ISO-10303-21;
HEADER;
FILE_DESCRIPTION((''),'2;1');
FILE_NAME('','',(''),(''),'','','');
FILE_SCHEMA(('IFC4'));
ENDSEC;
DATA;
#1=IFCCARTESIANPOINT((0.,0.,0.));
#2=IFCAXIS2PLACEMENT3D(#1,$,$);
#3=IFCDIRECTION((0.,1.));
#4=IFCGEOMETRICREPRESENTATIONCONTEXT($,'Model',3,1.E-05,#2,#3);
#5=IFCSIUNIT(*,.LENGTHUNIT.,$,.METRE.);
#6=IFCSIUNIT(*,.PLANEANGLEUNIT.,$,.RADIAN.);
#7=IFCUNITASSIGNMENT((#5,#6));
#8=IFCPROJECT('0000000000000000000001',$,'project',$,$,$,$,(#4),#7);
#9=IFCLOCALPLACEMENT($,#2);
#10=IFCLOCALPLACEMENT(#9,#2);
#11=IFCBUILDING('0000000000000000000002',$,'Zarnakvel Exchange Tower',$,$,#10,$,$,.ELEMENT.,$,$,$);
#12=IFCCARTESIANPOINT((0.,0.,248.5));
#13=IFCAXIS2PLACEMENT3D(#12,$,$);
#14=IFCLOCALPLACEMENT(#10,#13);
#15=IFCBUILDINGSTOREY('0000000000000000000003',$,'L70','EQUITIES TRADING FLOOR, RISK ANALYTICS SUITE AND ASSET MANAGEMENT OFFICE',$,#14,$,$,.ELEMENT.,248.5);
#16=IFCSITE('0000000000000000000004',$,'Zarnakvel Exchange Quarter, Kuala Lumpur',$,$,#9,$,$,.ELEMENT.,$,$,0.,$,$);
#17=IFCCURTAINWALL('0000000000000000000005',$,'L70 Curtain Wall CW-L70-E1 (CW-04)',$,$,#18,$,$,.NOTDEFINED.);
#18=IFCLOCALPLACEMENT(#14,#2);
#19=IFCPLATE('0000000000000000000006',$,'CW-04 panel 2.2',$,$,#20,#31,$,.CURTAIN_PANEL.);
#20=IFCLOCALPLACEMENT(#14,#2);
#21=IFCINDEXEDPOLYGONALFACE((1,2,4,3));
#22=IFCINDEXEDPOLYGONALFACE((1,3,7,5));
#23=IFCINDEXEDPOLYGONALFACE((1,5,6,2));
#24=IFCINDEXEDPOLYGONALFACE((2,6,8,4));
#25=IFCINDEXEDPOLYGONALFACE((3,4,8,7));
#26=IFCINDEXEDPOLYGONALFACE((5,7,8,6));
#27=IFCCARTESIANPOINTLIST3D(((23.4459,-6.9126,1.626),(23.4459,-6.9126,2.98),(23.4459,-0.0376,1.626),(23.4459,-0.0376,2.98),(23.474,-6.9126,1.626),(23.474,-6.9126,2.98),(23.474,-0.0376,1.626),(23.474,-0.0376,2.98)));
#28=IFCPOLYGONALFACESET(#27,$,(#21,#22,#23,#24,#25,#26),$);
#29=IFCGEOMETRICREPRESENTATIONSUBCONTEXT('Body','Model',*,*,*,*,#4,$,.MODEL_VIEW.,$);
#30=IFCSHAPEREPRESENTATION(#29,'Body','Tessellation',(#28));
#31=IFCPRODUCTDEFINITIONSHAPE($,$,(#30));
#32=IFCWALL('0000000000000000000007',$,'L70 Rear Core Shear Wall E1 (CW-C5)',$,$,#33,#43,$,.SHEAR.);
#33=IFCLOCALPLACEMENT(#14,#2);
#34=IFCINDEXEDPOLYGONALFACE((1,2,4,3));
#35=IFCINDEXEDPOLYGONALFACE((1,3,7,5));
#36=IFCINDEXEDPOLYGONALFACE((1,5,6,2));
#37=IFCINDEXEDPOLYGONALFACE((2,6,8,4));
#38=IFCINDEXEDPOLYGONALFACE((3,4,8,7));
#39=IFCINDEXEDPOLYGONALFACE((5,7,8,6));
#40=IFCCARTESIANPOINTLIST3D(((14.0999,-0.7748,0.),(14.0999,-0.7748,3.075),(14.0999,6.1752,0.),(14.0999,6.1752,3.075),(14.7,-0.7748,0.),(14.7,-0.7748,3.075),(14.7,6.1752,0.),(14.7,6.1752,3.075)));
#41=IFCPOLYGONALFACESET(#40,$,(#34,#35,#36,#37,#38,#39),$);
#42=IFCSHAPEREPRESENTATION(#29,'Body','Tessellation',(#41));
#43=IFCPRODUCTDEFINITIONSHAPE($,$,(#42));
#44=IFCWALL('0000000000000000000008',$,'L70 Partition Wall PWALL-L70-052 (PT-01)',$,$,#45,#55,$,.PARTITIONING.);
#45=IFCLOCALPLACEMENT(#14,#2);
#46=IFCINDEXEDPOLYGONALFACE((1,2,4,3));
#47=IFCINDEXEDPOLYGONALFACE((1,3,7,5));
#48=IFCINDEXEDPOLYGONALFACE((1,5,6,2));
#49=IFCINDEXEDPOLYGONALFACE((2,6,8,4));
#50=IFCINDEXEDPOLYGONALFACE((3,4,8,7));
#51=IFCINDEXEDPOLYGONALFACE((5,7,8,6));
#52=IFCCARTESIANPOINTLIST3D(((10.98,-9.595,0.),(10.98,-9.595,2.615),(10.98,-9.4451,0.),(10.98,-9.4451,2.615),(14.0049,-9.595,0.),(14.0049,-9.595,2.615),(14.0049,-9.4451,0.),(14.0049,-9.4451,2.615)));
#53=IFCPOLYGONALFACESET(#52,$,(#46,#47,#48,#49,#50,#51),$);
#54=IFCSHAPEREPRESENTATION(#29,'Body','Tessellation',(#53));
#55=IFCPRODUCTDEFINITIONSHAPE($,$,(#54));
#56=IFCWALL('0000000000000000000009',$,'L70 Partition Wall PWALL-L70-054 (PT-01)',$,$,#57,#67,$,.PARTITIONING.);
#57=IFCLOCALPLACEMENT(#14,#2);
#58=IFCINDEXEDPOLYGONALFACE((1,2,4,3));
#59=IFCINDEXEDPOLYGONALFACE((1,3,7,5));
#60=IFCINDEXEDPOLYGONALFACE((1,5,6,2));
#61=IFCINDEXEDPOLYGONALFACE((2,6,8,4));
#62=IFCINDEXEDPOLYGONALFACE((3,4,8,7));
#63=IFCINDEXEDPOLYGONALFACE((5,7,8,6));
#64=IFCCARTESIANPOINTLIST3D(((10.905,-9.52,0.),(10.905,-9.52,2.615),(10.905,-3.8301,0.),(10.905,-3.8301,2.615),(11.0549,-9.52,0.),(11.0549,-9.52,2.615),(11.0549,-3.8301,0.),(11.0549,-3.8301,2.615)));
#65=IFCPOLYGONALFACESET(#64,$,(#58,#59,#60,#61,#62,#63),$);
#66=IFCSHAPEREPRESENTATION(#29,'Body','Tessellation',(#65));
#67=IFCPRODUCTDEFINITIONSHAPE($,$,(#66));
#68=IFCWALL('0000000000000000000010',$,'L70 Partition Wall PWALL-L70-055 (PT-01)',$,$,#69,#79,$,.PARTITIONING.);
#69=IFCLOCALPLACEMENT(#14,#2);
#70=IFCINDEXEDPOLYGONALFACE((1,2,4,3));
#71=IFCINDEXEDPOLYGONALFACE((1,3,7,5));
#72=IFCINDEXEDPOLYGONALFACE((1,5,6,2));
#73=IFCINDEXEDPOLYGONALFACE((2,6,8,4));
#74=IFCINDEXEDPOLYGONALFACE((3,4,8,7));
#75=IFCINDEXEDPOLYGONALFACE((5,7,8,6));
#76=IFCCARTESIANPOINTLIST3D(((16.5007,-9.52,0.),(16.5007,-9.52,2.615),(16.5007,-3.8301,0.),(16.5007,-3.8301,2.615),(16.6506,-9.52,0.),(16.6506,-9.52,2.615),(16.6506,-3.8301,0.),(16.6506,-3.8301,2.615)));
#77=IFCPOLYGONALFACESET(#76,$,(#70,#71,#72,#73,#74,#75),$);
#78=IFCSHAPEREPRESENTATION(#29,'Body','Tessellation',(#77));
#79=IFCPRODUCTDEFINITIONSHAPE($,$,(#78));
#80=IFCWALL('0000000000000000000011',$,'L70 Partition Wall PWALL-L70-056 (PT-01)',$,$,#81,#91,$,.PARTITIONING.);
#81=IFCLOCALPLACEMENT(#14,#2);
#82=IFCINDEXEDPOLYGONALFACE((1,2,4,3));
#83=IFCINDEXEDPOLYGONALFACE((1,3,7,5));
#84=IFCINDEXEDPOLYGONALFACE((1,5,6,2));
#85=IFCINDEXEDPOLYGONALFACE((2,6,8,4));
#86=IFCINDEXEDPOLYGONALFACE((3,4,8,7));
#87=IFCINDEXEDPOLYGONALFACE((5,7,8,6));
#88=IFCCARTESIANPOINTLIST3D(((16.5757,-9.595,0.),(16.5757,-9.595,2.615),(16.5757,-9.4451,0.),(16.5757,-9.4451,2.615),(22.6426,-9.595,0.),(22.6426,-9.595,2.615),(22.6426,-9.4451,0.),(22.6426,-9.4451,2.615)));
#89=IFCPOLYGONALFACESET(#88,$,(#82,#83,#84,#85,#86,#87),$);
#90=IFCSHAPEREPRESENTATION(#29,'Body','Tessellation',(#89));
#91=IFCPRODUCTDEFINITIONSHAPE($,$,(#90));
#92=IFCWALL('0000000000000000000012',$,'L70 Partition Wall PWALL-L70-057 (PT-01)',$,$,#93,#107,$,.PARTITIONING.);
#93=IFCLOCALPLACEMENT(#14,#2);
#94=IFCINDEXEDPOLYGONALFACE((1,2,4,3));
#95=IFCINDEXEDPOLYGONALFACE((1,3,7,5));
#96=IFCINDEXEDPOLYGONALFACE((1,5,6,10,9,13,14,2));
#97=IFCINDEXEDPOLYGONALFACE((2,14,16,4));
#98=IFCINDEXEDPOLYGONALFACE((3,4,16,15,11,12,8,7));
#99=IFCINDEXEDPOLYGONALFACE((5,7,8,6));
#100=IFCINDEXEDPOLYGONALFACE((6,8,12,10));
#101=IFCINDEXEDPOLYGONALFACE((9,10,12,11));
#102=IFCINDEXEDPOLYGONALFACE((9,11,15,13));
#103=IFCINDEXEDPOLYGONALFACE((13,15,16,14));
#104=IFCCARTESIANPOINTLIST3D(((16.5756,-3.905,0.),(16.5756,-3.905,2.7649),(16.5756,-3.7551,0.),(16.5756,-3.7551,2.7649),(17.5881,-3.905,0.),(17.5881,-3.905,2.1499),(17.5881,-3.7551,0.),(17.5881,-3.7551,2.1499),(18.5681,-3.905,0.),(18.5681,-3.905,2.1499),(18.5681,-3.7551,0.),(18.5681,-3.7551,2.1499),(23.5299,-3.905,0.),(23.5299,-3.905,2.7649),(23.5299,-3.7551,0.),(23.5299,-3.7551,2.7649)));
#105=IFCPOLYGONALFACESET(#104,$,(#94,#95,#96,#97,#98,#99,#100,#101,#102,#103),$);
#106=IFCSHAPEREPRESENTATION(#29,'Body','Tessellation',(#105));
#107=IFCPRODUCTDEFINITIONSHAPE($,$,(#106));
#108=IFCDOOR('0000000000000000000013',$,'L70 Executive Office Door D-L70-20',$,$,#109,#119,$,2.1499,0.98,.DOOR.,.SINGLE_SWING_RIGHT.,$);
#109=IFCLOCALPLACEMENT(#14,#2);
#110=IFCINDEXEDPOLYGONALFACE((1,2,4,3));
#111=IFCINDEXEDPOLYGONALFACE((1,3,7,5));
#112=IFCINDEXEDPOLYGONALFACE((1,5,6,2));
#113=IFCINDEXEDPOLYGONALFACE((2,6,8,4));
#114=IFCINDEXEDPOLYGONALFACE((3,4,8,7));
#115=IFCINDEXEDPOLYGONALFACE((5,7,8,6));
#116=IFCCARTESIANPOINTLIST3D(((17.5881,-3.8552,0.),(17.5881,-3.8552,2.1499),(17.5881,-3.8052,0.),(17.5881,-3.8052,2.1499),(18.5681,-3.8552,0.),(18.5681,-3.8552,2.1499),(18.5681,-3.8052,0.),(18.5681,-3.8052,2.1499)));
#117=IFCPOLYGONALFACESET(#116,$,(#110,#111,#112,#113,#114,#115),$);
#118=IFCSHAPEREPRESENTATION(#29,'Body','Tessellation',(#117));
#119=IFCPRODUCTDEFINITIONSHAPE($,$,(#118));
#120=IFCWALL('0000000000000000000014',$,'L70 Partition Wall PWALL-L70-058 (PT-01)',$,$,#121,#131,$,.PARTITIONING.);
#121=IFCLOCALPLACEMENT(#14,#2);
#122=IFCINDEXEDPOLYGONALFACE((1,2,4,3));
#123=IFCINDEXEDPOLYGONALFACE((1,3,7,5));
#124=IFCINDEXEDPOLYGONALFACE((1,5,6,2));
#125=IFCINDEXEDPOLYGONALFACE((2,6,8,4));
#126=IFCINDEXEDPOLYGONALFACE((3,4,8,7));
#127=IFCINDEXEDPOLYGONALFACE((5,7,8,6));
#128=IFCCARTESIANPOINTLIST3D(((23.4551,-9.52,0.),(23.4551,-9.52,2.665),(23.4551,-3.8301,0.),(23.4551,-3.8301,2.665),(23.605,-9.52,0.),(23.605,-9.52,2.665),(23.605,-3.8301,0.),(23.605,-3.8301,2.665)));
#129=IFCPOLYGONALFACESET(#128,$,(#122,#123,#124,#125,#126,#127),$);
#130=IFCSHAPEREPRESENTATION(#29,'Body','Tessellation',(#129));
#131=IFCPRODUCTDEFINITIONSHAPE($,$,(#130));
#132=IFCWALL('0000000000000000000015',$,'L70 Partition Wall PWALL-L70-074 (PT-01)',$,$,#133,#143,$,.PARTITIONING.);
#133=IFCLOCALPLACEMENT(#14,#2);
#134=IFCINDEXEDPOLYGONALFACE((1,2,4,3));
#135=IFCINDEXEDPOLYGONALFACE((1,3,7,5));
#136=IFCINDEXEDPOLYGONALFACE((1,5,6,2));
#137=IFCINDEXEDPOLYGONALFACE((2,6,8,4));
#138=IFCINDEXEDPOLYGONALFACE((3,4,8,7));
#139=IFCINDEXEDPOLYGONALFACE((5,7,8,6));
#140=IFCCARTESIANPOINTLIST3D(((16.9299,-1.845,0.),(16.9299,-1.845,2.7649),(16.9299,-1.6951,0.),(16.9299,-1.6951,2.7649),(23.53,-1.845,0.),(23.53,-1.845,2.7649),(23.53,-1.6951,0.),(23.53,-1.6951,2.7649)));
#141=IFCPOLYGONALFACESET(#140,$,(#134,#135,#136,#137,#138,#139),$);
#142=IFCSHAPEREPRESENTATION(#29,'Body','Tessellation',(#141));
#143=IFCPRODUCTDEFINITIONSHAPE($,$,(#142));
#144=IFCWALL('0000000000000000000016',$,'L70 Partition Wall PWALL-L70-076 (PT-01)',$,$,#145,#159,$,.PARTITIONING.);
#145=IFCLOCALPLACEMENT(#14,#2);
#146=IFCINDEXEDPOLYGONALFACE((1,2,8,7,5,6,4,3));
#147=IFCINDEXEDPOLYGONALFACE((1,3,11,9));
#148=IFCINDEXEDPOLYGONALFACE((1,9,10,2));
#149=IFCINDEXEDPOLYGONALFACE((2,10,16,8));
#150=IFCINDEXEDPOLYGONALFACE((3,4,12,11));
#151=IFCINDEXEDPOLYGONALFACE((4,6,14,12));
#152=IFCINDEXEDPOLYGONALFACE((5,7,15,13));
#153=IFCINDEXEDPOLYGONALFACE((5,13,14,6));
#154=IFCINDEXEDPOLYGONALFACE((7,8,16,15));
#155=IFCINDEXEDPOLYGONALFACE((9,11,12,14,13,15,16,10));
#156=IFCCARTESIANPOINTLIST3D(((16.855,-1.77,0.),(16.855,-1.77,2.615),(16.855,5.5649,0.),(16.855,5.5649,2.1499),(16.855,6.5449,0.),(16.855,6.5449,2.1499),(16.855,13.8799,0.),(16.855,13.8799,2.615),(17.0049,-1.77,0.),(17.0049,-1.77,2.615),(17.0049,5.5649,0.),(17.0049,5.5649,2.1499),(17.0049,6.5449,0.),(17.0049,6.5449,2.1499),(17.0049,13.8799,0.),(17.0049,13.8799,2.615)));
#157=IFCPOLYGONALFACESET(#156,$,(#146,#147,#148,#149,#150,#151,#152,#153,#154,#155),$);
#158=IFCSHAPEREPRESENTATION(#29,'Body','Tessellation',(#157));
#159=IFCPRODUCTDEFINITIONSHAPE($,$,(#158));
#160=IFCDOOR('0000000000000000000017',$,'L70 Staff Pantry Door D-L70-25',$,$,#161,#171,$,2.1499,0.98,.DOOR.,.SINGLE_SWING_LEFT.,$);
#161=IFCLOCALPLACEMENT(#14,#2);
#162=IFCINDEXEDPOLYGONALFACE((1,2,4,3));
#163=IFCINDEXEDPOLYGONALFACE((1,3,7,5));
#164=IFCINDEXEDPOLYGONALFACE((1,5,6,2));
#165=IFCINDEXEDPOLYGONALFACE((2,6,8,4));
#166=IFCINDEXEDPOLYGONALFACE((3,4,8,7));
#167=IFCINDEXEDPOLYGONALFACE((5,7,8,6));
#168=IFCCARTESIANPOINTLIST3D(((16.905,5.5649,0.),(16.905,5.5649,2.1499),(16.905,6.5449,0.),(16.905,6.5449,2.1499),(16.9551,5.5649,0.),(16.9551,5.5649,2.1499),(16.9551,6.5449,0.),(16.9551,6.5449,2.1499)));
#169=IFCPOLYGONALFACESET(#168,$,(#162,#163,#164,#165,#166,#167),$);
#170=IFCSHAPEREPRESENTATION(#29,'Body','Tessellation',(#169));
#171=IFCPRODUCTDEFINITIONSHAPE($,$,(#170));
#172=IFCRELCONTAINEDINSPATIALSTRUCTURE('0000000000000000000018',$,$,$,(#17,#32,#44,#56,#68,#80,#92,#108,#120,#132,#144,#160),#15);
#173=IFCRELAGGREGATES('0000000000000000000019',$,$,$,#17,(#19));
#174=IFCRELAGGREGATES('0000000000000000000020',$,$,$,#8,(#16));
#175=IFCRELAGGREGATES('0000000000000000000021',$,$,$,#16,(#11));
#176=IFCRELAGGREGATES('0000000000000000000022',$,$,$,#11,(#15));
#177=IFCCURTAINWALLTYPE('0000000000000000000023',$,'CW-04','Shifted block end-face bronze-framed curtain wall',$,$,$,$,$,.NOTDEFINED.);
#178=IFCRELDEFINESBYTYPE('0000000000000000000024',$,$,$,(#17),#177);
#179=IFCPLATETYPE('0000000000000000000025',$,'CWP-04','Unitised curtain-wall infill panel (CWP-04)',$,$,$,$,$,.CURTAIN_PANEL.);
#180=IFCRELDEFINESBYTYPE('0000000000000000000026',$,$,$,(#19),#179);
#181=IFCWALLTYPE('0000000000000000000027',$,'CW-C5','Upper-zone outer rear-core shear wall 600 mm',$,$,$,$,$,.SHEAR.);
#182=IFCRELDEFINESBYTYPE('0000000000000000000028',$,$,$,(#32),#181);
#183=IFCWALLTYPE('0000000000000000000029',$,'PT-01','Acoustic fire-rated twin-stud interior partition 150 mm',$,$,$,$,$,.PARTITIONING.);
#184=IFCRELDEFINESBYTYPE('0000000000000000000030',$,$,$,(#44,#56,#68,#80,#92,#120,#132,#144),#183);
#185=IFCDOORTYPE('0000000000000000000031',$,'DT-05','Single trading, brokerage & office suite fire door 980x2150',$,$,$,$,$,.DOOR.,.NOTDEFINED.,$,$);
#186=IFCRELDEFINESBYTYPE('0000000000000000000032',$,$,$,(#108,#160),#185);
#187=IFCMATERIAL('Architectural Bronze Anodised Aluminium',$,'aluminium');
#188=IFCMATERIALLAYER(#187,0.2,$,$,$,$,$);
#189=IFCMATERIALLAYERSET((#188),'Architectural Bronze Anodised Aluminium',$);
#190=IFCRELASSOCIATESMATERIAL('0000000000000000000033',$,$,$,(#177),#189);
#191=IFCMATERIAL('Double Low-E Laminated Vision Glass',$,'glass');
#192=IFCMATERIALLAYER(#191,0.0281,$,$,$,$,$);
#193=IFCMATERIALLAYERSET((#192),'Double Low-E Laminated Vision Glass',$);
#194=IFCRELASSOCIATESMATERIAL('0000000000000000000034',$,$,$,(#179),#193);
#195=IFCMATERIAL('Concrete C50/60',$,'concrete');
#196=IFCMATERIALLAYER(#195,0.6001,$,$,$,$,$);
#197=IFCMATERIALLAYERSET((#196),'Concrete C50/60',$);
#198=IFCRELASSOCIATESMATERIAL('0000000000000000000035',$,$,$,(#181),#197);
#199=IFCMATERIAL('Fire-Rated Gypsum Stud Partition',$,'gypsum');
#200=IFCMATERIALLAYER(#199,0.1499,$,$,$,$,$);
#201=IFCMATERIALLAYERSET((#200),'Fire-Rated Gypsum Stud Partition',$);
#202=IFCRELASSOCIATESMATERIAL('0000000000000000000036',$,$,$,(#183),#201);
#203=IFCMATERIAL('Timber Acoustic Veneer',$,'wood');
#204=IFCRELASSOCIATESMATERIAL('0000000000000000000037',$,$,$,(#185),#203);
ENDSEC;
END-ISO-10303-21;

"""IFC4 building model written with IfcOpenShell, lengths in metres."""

from ifc_helpers import new_model, si_unit, direction, frame, frame_2d, origin, origin_2d, place, context, subcontext, project, spatial, rectangle, extrude, source, transform, mapped, material, layer, layer_set, type_object, element, fill, aggregate, save


model = new_model("IFC4")

# Units and contexts
model_context = context("Model", 3, precision=1e-05, world=origin(), true_north=direction((0.0, 1.0)))
body_context = subcontext(model_context, "Body", "Model", "MODEL_VIEW")
ifc_project = project(units=[si_unit("LENGTHUNIT", "METRE"), si_unit("PLANEANGLEUNIT", "RADIAN")], contexts=[model_context])

# Site, building, storey
site_placement = place(None, origin())
site = spatial("IfcSite", under=ifc_project, at=site_placement, Name="Zarnakvel Exchange Quarter, Kuala Lumpur", CompositionType="ELEMENT", RefElevation=0.0)
building_placement = place(site_placement, origin())
building = spatial("IfcBuilding", under=site, at=building_placement, Name="Zarnakvel Exchange Tower", CompositionType="ELEMENT")
storey_placement = place(building_placement, frame((0.0, 0.0, 248.5)))
storey = spatial("IfcBuildingStorey", under=building, at=storey_placement, Name="L70", Description="EQUITIES TRADING FLOOR, RISK ANALYTICS SUITE AND ASSET MANAGEMENT OFFICE", CompositionType="ELEMENT", Elevation=248.5)

# Shared definitions
ifc_material_1 = material(Name="Concrete C50/60", Category="concrete")

# Curtain wall, plate
ifc_material_2 = material(Name="Architectural Bronze Anodised Aluminium", Category="aluminium")
ifc_layer_1 = layer(ifc_material_2, 0.2)
ifc_layer_set_1 = layer_set([ifc_layer_1], Name="Architectural Bronze Anodised Aluminium")
curtain_wall_type = type_object("IfcCurtainWallType", Name="CW-04", Description="Shifted block end-face bronze-framed curtain wall", PredefinedType="NOTDEFINED", material=ifc_layer_set_1)
curtain_wall_placement = place(storey_placement, origin())
curtain_wall = element("IfcCurtainWall", 1, at=curtain_wall_placement, inside=storey, type_object=curtain_wall_type, Name="L70 Curtain Wall CW-L70-E1 (CW-04)", PredefinedType="NOTDEFINED")
ifc_material_3 = material(Name="Double Low-E Laminated Vision Glass", Category="glass")
ifc_layer_2 = layer(ifc_material_3, 0.0281)
ifc_layer_set_2 = layer_set([ifc_layer_2], Name="Double Low-E Laminated Vision Glass")
plate_type = type_object("IfcPlateType", Name="CWP-04", Description="Unitised curtain-wall infill panel (CWP-04)", PredefinedType="CURTAIN_PANEL", material=ifc_layer_set_2)
shared_shape_1 = source(origin(), body_context, "Body", "SweptSolid", [
    extrude(rectangle(XDim=6.875, YDim=0.0281, at=origin_2d()), origin(), (0.0, 0.0, 1.0), 1.354),
])
plate_1_placement = place(storey_placement, frame((23.46, -3.4751, 1.626), z_axis=(0.0, 0.0, 1.0), x_axis=(0.0, 1.0, 0.0)))
plate_1 = element("IfcPlate", 2, at=plate_1_placement, type_object=plate_type, Name="CW-04 panel 2.2", PredefinedType="CURTAIN_PANEL", context=body_context, shape_type="MappedRepresentation", body=[
    mapped(shared_shape_1, transform((0.0, 0.0, 0.0), x_axis=(1.0, 0.0, 0.0), y_axis=(0.0, 1.0, 0.0), z_axis=(0.0, 0.0, 1.0), scale=1.0)),
])
aggregate(curtain_wall, [plate_1])

# Wall
ifc_layer_3 = layer(ifc_material_1, 0.6001)
ifc_layer_set_3 = layer_set([ifc_layer_3], Name="Concrete C50/60")
wall_type_1 = type_object("IfcWallType", Name="CW-C5", Description="Upper-zone outer rear-core shear wall 600 mm", PredefinedType="SHEAR", material=ifc_layer_set_3)
wall_1_placement = place(storey_placement, frame((14.3999, -0.7749, 0.0), z_axis=(0.0, 0.0, 1.0), x_axis=(0.0, 1.0, 0.0)))
element("IfcWall", 3, at=wall_1_placement, inside=storey, type_object=wall_type_1, Name="L70 Rear Core Shear Wall E1 (CW-C5)", PredefinedType="SHEAR", context=body_context, shape_type="SweptSolid", body=[
    extrude(rectangle(XDim=6.95, YDim=0.6001, at=frame_2d((3.4751, 0.0))), origin(), (0.0, 0.0, 1.0), 3.075),
])

# Wall
ifc_material_4 = material(Name="Fire-Rated Gypsum Stud Partition", Category="gypsum")
ifc_layer_4 = layer(ifc_material_4, 0.1499)
ifc_layer_set_4 = layer_set([ifc_layer_4], Name="Fire-Rated Gypsum Stud Partition")
wall_type_2 = type_object("IfcWallType", Name="PT-01", Description="Acoustic fire-rated twin-stud interior partition 150 mm", PredefinedType="PARTITIONING", material=ifc_layer_set_4)
wall_2_placement = place(storey_placement, frame((14.0049, -9.52, 0.0), z_axis=(0.0, 0.0, 1.0), x_axis=(-1.0, 0.0, 0.0)))
element("IfcWall", 4, at=wall_2_placement, inside=storey, type_object=wall_type_2, Name="L70 Partition Wall PWALL-L70-052 (PT-01)", PredefinedType="PARTITIONING", context=body_context, shape_type="SweptSolid", body=[
    extrude(rectangle(XDim=3.0249, YDim=0.1499, at=frame_2d((1.5125, 0.0))), origin(), (0.0, 0.0, 1.0), 2.615),
])

# Shared definitions
ifc_material_5 = material(Name="Timber Acoustic Veneer", Category="wood")
door_type_1 = type_object("IfcDoorType", Name="DT-05", Description="Single trading, brokerage & office suite fire door 980x2150", OperationType="NOTDEFINED", PredefinedType="DOOR", material=ifc_material_5)
shared_shape_2 = source(origin(), body_context, "Body", "SweptSolid", [
    extrude(rectangle(XDim=0.98, YDim=2.1499, at=frame_2d((0.49, 1.075))), frame((0.0, 0.0249, 0.0), z_axis=(0.0, -1.0, 0.0), x_axis=(1.0, 0.0, 0.0)), (0.0, 0.0, 1.0), 0.05),
])

# Walls
for number, where, z_axis, x_axis, name in (
    (5, (10.98, -9.52, 0.0), (0.0, 0.0, 1.0), (0.0, 1.0, 0.0), "L70 Partition Wall PWALL-L70-054 (PT-01)"),
    (6, (16.5757, -3.8301, 0.0), (0.0, 0.0, 1.0), (0.0, -1.0, 0.0), "L70 Partition Wall PWALL-L70-055 (PT-01)"),
):
    element("IfcWall", number, at=place(storey_placement, frame(where, z_axis=z_axis, x_axis=x_axis)), inside=storey, type_object=wall_type_2, Name=name, PredefinedType="PARTITIONING", context=body_context, shape_type="SweptSolid", body=[
        extrude(rectangle(XDim=5.6899, YDim=0.1499, at=frame_2d((2.845, 0.0))), origin(), (0.0, 0.0, 1.0), 2.615),
    ])
wall_3_placement = place(storey_placement, frame((22.6426, -9.52, 0.0), z_axis=(0.0, 0.0, 1.0), x_axis=(-1.0, 0.0, 0.0)))
element("IfcWall", 7, at=wall_3_placement, inside=storey, type_object=wall_type_2, Name="L70 Partition Wall PWALL-L70-056 (PT-01)", PredefinedType="PARTITIONING", context=body_context, shape_type="SweptSolid", body=[
    extrude(rectangle(XDim=6.0669, YDim=0.1499, at=frame_2d((3.0334, 0.0))), origin(), (0.0, 0.0, 1.0), 2.615),
])

# Wall, opening, door
wall_4_placement = place(storey_placement, frame((16.5757, -3.8301, 0.0), z_axis=(0.0, 0.0, 1.0), x_axis=(1.0, 0.0, 0.0)))
wall_4 = element("IfcWall", 8, at=wall_4_placement, inside=storey, type_object=wall_type_2, Name="L70 Partition Wall PWALL-L70-057 (PT-01)", PredefinedType="PARTITIONING", context=body_context, shape_type="SweptSolid", body=[
    extrude(rectangle(XDim=6.9543, YDim=0.1499, at=frame_2d((3.4771, 0.0))), origin(), (0.0, 0.0, 1.0), 2.7649),
])
opening_1_placement = place(wall_4_placement, frame((1.0125, 0.0, 0.0)))
opening_1 = element("IfcOpeningElement", 9, at=opening_1_placement, cuts=wall_4, PredefinedType="OPENING", context=body_context, shape_type="SweptSolid", body=[
    extrude(rectangle(XDim=0.98, YDim=2.1499, at=frame_2d((0.49, 1.075))), frame((0.0, 0.085, 0.0), z_axis=(0.0, -1.0, 0.0), x_axis=(1.0, 0.0, 0.0)), (0.0, 0.0, 1.0), 0.1699),
])
door_1_placement = place(opening_1_placement, origin())
door_1 = element("IfcDoor", 10, at=door_1_placement, inside=storey, type_object=door_type_1, Name="L70 Executive Office Door D-L70-20", OperationType="SINGLE_SWING_RIGHT", OverallHeight=2.1499, OverallWidth=0.98, PredefinedType="DOOR", context=body_context, shape_type="MappedRepresentation", body=[
    mapped(shared_shape_2, transform((0.0, 0.0, 0.0), x_axis=(1.0, 0.0, 0.0), y_axis=(0.0, 1.0, 0.0), z_axis=(0.0, 0.0, 1.0), scale=1.0)),
])
fill(opening_1, door_1)

# Walls
wall_5_placement = place(storey_placement, frame((23.53, -3.8301, 0.0), z_axis=(0.0, 0.0, 1.0), x_axis=(0.0, -1.0, 0.0)))
element("IfcWall", 11, at=wall_5_placement, inside=storey, type_object=wall_type_2, Name="L70 Partition Wall PWALL-L70-058 (PT-01)", PredefinedType="PARTITIONING", context=body_context, shape_type="SweptSolid", body=[
    extrude(rectangle(XDim=5.6899, YDim=0.1499, at=frame_2d((2.845, 0.0))), origin(), (0.0, 0.0, 1.0), 2.665),
])
wall_6_placement = place(storey_placement, frame((23.53, -1.77, 0.0), z_axis=(0.0, 0.0, 1.0), x_axis=(-1.0, 0.0, 0.0)))
element("IfcWall", 12, at=wall_6_placement, inside=storey, type_object=wall_type_2, Name="L70 Partition Wall PWALL-L70-074 (PT-01)", PredefinedType="PARTITIONING", context=body_context, shape_type="SweptSolid", body=[
    extrude(rectangle(XDim=6.6001, YDim=0.1499, at=frame_2d((3.3, 0.0))), origin(), (0.0, 0.0, 1.0), 2.7649),
])

# Wall, opening, door
wall_7_placement = place(storey_placement, frame((16.9299, -1.77, 0.0), z_axis=(0.0, 0.0, 1.0), x_axis=(0.0, 1.0, 0.0)))
wall_7 = element("IfcWall", 13, at=wall_7_placement, inside=storey, type_object=wall_type_2, Name="L70 Partition Wall PWALL-L70-076 (PT-01)", PredefinedType="PARTITIONING", context=body_context, shape_type="SweptSolid", body=[
    extrude(rectangle(XDim=15.6499, YDim=0.1499, at=frame_2d((7.825, 0.0))), origin(), (0.0, 0.0, 1.0), 2.615),
])
opening_2_placement = place(wall_7_placement, frame((7.335, 0.0, 0.0)))
opening_2 = element("IfcOpeningElement", 14, at=opening_2_placement, cuts=wall_7, PredefinedType="OPENING", context=body_context, shape_type="SweptSolid", body=[
    extrude(rectangle(XDim=0.98, YDim=2.1499, at=frame_2d((0.49, 1.075))), frame((0.0, 0.085, 0.0), z_axis=(0.0, -1.0, 0.0), x_axis=(1.0, 0.0, 0.0)), (0.0, 0.0, 1.0), 0.1699),
])
door_2_placement = place(opening_2_placement, origin())
door_2 = element("IfcDoor", 15, at=door_2_placement, inside=storey, type_object=door_type_1, Name="L70 Staff Pantry Door D-L70-25", OperationType="SINGLE_SWING_LEFT", OverallHeight=2.1499, OverallWidth=0.98, PredefinedType="DOOR", context=body_context, shape_type="MappedRepresentation", body=[
    mapped(shared_shape_2, transform((0.0, 0.0, 0.0), x_axis=(1.0, 0.0, 0.0), y_axis=(0.0, 1.0, 0.0), z_axis=(0.0, 0.0, 1.0), scale=1.0)),
])
fill(opening_2, door_2)

save(model, "model.ifc")
